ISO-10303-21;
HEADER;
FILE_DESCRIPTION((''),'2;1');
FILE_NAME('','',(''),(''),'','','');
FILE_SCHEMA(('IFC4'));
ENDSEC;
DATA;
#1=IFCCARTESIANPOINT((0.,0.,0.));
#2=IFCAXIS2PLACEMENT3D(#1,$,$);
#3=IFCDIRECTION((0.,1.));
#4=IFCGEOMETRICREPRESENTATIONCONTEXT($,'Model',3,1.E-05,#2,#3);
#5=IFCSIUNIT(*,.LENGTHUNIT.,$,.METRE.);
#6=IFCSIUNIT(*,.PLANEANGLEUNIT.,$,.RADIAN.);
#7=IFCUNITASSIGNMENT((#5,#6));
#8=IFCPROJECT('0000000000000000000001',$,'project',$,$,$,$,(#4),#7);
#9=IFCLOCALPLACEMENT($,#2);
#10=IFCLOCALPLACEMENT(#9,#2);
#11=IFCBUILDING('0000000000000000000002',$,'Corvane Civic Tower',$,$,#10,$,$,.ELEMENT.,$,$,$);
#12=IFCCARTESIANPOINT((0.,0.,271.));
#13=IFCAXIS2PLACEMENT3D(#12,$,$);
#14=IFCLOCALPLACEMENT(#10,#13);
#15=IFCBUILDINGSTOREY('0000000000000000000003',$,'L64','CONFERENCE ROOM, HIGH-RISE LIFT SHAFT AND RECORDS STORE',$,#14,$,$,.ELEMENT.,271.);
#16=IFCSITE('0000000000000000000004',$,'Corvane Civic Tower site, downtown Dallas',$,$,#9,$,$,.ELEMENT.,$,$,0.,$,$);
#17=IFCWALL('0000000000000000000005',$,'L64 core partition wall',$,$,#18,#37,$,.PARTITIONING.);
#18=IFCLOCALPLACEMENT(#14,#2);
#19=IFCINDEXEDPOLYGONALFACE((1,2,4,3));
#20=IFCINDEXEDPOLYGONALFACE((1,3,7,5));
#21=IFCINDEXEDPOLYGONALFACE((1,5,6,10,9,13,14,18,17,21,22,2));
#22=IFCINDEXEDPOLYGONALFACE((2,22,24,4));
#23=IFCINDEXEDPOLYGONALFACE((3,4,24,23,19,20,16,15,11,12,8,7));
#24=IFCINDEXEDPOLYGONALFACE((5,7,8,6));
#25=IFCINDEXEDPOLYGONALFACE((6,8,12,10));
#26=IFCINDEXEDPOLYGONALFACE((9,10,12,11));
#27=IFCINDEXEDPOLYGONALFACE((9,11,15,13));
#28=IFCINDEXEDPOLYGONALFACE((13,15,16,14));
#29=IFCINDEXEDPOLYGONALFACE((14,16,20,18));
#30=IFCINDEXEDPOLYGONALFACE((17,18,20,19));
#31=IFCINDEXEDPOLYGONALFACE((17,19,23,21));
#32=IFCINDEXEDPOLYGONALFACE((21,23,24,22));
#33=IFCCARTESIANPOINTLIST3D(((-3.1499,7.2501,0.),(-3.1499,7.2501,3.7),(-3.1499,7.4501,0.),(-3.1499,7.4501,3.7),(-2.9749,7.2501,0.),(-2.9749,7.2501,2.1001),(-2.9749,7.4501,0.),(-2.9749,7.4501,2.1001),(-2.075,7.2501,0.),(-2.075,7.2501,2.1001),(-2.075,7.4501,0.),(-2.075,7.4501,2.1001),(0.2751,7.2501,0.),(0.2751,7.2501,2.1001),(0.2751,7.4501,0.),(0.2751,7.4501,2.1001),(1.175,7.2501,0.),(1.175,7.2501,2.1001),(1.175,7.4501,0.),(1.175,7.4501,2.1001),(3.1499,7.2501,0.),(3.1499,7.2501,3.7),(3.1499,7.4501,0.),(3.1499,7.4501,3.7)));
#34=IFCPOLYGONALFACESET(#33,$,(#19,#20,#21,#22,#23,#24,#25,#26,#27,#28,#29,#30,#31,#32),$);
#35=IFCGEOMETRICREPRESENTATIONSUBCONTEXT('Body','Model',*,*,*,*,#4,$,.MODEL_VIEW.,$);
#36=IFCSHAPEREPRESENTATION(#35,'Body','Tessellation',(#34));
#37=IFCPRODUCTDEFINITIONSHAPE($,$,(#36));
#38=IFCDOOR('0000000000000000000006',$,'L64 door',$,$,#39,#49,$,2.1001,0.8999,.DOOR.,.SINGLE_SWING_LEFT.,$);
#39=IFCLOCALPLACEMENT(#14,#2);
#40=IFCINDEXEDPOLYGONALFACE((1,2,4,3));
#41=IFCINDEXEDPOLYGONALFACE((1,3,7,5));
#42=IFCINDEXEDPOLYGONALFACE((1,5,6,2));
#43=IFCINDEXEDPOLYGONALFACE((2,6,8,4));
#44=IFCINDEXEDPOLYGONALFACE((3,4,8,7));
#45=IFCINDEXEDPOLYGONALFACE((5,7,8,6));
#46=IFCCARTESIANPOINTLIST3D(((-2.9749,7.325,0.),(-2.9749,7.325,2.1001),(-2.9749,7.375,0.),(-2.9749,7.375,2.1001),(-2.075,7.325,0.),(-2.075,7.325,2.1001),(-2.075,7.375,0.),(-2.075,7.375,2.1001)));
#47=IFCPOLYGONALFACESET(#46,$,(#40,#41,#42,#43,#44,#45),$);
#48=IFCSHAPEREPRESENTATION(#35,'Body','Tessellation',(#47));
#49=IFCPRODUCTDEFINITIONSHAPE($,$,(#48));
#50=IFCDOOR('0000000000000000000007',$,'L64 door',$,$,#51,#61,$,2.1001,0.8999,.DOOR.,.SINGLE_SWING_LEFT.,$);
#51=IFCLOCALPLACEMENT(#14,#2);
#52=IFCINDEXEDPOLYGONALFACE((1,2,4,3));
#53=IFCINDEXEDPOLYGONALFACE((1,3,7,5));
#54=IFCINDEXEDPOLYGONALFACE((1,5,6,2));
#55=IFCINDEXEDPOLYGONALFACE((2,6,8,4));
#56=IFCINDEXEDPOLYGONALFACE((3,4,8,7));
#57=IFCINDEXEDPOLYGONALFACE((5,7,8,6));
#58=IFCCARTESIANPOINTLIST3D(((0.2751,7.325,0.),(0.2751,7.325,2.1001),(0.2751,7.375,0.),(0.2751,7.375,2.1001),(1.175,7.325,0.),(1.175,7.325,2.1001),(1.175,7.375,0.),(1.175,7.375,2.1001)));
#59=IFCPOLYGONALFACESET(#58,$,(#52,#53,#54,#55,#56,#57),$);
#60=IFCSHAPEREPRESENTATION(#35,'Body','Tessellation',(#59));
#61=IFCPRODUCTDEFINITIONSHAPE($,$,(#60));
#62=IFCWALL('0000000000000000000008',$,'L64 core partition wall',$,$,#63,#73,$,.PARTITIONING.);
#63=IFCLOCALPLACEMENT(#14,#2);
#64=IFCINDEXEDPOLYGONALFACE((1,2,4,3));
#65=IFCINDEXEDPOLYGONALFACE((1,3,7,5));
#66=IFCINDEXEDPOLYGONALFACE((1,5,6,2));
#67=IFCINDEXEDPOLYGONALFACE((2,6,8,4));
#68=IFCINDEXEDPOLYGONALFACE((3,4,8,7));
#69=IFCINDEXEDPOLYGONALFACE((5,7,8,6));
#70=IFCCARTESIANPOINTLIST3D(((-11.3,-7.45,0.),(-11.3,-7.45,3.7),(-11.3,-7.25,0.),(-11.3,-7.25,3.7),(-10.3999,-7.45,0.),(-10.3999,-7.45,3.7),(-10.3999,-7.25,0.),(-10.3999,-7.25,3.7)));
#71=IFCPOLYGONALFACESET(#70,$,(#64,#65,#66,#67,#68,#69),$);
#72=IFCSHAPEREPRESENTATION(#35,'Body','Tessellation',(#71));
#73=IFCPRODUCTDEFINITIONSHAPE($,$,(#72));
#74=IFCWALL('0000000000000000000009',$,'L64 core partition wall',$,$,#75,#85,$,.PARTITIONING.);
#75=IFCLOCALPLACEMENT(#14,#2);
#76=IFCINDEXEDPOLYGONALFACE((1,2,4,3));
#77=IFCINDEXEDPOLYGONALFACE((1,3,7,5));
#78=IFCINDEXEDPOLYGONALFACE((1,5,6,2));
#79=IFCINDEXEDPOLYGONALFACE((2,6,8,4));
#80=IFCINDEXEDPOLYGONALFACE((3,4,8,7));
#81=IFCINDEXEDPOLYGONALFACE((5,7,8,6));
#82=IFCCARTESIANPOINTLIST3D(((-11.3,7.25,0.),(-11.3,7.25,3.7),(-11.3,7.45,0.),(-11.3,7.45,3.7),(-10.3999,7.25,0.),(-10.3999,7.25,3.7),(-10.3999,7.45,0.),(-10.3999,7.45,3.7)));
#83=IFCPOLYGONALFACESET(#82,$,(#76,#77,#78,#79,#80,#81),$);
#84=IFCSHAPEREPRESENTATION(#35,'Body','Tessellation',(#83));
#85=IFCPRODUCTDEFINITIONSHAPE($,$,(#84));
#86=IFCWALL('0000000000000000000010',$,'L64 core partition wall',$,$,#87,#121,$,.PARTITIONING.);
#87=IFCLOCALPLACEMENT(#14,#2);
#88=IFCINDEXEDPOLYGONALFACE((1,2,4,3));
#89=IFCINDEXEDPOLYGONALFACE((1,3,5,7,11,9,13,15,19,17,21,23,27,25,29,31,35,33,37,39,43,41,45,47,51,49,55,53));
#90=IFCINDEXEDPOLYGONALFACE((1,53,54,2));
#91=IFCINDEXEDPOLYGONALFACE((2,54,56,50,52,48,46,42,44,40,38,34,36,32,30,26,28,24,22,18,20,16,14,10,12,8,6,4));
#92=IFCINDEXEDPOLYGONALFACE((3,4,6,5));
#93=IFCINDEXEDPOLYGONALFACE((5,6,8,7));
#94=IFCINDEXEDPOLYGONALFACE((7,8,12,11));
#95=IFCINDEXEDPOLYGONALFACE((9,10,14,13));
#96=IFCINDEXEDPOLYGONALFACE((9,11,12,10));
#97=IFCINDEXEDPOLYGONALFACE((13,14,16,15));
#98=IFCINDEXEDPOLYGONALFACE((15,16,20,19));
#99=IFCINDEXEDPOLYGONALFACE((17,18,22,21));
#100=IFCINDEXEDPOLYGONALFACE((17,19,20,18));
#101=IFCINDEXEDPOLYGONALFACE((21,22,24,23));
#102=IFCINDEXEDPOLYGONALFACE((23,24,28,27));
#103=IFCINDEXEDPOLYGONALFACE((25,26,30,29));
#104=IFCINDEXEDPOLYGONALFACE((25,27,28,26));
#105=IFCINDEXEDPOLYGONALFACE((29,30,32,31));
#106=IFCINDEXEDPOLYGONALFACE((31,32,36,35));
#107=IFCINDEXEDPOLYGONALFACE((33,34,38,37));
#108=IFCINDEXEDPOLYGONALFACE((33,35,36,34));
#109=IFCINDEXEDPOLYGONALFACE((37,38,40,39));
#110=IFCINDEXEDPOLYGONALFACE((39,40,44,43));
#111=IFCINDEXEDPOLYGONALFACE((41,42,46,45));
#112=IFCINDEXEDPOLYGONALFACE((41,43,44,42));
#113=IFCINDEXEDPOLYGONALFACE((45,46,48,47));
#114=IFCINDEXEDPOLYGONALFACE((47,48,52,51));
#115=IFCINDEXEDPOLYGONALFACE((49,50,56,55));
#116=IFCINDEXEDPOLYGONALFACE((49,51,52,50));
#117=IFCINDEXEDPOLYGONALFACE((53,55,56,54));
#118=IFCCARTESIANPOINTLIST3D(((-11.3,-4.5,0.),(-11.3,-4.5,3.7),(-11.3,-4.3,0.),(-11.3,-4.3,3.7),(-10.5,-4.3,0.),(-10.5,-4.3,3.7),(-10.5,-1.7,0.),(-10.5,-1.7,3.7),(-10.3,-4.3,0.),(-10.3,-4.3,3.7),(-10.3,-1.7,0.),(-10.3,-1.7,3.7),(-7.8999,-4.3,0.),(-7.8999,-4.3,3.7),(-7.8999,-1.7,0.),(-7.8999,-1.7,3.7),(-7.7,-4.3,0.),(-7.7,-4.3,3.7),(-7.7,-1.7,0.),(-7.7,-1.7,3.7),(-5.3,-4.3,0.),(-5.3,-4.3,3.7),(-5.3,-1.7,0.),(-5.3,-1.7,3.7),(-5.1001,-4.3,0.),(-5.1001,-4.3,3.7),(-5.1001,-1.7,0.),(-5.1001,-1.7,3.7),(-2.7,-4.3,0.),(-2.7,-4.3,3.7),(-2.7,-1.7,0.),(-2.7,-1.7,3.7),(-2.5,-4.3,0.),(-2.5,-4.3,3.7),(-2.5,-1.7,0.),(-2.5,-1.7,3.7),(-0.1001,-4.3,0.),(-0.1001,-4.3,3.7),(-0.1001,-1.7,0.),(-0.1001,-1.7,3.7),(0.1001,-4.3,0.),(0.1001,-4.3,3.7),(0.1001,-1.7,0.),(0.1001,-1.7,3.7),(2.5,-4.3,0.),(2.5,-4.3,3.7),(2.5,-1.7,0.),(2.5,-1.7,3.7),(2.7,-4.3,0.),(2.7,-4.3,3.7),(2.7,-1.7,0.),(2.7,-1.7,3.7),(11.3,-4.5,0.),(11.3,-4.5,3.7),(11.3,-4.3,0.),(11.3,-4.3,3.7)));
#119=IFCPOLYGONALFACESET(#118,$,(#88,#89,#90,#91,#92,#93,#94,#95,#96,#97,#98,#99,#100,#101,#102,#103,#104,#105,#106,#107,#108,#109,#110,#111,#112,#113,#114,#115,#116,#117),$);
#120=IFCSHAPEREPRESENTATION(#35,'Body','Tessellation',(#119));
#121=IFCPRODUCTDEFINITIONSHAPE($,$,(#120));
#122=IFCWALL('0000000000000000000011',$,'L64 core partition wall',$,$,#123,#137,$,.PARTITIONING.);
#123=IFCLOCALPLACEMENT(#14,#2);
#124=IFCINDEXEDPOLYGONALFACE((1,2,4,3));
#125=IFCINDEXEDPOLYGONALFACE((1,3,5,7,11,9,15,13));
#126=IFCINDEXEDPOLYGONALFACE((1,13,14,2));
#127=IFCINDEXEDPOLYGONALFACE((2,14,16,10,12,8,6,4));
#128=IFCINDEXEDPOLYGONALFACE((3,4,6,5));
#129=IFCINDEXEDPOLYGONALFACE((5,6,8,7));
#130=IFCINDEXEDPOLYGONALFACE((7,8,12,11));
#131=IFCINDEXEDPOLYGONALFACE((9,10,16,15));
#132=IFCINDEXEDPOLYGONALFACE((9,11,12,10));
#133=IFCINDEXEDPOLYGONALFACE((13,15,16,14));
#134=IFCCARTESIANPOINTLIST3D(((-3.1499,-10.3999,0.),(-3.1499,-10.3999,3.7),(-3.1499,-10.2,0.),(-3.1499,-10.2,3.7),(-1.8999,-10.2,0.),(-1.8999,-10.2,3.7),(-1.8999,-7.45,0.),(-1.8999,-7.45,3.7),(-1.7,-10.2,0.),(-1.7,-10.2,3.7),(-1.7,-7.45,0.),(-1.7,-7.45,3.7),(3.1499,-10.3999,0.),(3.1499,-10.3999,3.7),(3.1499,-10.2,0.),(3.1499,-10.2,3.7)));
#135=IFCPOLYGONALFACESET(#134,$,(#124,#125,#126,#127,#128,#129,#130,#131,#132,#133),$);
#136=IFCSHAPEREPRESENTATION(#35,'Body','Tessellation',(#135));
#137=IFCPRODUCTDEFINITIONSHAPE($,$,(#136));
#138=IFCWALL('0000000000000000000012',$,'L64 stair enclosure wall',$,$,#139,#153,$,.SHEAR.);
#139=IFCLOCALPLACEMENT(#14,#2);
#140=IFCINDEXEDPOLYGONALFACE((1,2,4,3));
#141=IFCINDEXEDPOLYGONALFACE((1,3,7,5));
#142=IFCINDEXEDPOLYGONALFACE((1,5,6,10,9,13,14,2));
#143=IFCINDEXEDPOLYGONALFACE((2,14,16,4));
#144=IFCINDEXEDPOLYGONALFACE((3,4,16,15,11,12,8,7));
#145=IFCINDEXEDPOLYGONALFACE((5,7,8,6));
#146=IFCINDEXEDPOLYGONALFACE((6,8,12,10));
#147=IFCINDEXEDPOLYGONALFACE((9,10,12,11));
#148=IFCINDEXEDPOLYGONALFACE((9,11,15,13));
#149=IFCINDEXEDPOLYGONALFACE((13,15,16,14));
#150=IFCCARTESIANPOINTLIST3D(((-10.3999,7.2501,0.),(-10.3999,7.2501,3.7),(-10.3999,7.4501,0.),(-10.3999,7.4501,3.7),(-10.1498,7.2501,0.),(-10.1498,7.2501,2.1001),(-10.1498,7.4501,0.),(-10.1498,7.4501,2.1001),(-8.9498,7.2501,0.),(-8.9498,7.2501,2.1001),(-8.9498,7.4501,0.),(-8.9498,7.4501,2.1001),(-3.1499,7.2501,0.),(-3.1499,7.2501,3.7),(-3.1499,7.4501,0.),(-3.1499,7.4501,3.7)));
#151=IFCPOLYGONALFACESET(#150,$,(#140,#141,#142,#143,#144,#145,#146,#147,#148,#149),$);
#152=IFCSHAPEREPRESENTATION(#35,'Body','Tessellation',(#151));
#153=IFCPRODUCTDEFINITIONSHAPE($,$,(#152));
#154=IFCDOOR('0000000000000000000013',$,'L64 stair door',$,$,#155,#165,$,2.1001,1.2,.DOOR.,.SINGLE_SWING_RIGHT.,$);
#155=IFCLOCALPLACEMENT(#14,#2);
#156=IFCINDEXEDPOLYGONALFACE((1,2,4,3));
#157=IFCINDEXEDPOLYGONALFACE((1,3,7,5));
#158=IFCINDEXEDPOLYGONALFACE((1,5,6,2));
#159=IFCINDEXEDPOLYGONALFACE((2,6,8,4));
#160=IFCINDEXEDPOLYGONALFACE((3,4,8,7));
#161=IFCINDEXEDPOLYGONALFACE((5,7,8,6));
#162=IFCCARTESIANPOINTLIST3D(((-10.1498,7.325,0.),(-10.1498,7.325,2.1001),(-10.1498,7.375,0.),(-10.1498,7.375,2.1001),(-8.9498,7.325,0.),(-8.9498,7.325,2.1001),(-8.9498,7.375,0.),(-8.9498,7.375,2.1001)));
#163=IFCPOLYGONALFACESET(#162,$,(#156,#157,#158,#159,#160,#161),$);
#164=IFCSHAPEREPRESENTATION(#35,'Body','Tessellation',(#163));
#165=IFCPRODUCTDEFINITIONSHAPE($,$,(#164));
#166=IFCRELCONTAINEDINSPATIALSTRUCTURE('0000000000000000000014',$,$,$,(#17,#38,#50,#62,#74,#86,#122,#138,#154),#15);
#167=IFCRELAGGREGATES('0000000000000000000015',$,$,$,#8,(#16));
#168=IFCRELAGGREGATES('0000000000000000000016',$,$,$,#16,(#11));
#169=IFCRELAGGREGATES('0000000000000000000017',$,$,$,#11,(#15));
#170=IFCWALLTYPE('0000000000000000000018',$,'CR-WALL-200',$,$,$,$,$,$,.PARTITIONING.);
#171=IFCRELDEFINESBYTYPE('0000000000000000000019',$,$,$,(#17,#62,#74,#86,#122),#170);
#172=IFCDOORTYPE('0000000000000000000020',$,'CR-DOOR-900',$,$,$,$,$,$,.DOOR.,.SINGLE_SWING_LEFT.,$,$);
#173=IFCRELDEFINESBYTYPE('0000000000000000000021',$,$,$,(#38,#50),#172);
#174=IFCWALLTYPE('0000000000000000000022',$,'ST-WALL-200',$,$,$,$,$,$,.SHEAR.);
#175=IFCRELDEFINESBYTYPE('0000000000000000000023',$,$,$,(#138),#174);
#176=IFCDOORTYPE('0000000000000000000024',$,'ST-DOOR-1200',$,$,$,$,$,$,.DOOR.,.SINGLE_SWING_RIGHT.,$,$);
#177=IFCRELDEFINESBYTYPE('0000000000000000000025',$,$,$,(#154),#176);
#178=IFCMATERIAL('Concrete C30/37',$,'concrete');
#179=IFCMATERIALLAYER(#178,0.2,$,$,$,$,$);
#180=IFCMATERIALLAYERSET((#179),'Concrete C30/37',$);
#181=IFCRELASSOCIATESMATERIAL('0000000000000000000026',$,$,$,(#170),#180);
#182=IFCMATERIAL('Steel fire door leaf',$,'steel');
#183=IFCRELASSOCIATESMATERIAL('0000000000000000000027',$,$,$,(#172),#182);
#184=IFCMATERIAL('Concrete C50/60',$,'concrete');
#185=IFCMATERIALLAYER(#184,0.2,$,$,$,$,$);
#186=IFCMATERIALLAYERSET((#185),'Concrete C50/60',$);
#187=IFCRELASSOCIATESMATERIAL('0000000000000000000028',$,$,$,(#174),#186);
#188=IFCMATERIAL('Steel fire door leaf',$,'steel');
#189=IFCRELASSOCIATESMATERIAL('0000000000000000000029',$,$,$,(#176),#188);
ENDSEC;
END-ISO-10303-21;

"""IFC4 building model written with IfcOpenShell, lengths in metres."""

from ifc_helpers import new_model, si_unit, direction, frame, frame_2d, origin, place, context, subcontext, project, spatial, polyline, rectangle, outline, extrude, material, layer, layer_set, type_object, element, fill, save


model = new_model("IFC4")

# Units and contexts
model_context = context("Model", 3, precision=1e-05, world=origin(), true_north=direction((0.0, 1.0)))
body_context = subcontext(model_context, "Body", "Model", "MODEL_VIEW")
ifc_project = project(units=[si_unit("LENGTHUNIT", "METRE"), si_unit("PLANEANGLEUNIT", "RADIAN")], contexts=[model_context])

# Site, building, storey
site_placement = place(None, origin())
site = spatial("IfcSite", under=ifc_project, at=site_placement, Name="Corvane Civic Tower site, downtown Dallas", CompositionType="ELEMENT", RefElevation=0.0)
building_placement = place(site_placement, origin())
building = spatial("IfcBuilding", under=site, at=building_placement, Name="Corvane Civic Tower", CompositionType="ELEMENT")
storey_placement = place(building_placement, frame((0.0, 0.0, 271.0)))
storey = spatial("IfcBuildingStorey", under=building, at=storey_placement, Name="L64", Description="CONFERENCE ROOM, HIGH-RISE LIFT SHAFT AND RECORDS STORE", CompositionType="ELEMENT", Elevation=271.0)

# Wall, openings, doors
ifc_material_1 = material(Name="Concrete C30/37", Category="concrete")
ifc_layer_1 = layer(ifc_material_1, 0.2)
ifc_layer_set_1 = layer_set([ifc_layer_1], Name="Concrete C30/37")
wall_type_1 = type_object("IfcWallType", Name="CR-WALL-200", PredefinedType="PARTITIONING", material=ifc_layer_set_1)
ifc_material_2 = material(Name="Steel fire door leaf", Category="steel")
door_type_1 = type_object("IfcDoorType", Name="CR-DOOR-900", OperationType="SINGLE_SWING_LEFT", PredefinedType="DOOR", material=ifc_material_2)
wall_1_placement = place(storey_placement, frame((-3.1499, 7.3501, 0.0), z_axis=(0.0, 0.0, 1.0), x_axis=(1.0, 0.0, 0.0)))
wall_1 = element("IfcWall", 1, at=wall_1_placement, inside=storey, type_object=wall_type_1, Name="L64 core partition wall", PredefinedType="PARTITIONING", context=body_context, shape_type="SweptSolid", body=[
    extrude(rectangle(XDim=6.2998, YDim=0.2, at=frame_2d((3.1499, 0.0))), origin(), (0.0, 0.0, 1.0), 3.7),
])
opening_1_placement = place(wall_1_placement, frame((0.175, 0.0, 0.0)))
opening_1 = element("IfcOpeningElement", 2, at=opening_1_placement, cuts=wall_1, PredefinedType="OPENING", context=body_context, shape_type="SweptSolid", body=[
    extrude(rectangle(XDim=0.8999, YDim=2.1001, at=frame_2d((0.45, 1.05))), frame((0.0, 0.1099, 0.0), z_axis=(0.0, -1.0, 0.0), x_axis=(1.0, 0.0, 0.0)), (0.0, 0.0, 1.0), 0.22),
])
opening_2_placement = place(wall_1_placement, frame((3.425, 0.0, 0.0)))
opening_2 = element("IfcOpeningElement", 3, at=opening_2_placement, cuts=wall_1, PredefinedType="OPENING", context=body_context, shape_type="SweptSolid", body=[
    extrude(rectangle(XDim=0.8999, YDim=2.1001, at=frame_2d((0.45, 1.05))), frame((0.0, 0.1099, 0.0), z_axis=(0.0, -1.0, 0.0), x_axis=(1.0, 0.0, 0.0)), (0.0, 0.0, 1.0), 0.22),
])
door_1_placement = place(opening_1_placement, origin())
door_1 = element("IfcDoor", 4, at=door_1_placement, inside=storey, type_object=door_type_1, Name="L64 door", OperationType="SINGLE_SWING_LEFT", OverallHeight=2.1001, OverallWidth=0.8999, PredefinedType="DOOR", context=body_context, shape_type="SweptSolid", body=[
    extrude(rectangle(XDim=0.8999, YDim=2.1001, at=frame_2d((0.45, 1.05))), frame((0.0, 0.0249, 0.0), z_axis=(0.0, -1.0, 0.0), x_axis=(1.0, 0.0, 0.0)), (0.0, 0.0, 1.0), 0.05),
])
fill(opening_1, door_1)
door_2_placement = place(opening_2_placement, origin())
door_2 = element("IfcDoor", 5, at=door_2_placement, inside=storey, type_object=door_type_1, Name="L64 door", OperationType="SINGLE_SWING_LEFT", OverallHeight=2.1001, OverallWidth=0.8999, PredefinedType="DOOR", context=body_context, shape_type="SweptSolid", body=[
    extrude(rectangle(XDim=0.8999, YDim=2.1001, at=frame_2d((0.45, 1.05))), frame((0.0, 0.0249, 0.0), z_axis=(0.0, -1.0, 0.0), x_axis=(1.0, 0.0, 0.0)), (0.0, 0.0, 1.0), 0.05),
])
fill(opening_2, door_2)

# Walls
wall_2_placement = place(storey_placement, origin())
element("IfcWall", 6, at=wall_2_placement, inside=storey, type_object=wall_type_1, Name="L64 core partition wall", PredefinedType="PARTITIONING", context=body_context, shape_type="SweptSolid", body=[
    extrude(outline(polyline([(-10.3999, -7.45), (-11.3, -7.45), (-11.3, -7.25), (-10.3999, -7.25), (-10.3999, -7.45)])), origin(), (0.0, 0.0, 1.0), 3.7),
])
wall_3_placement = place(storey_placement, origin())
element("IfcWall", 7, at=wall_3_placement, inside=storey, type_object=wall_type_1, Name="L64 core partition wall", PredefinedType="PARTITIONING", context=body_context, shape_type="SweptSolid", body=[
    extrude(outline(polyline([(-10.3999, 7.25), (-11.3, 7.25), (-11.3, 7.45), (-10.3999, 7.45), (-10.3999, 7.25)])), origin(), (0.0, 0.0, 1.0), 3.7),
])
wall_4_placement = place(storey_placement, origin())
element("IfcWall", 8, at=wall_4_placement, inside=storey, type_object=wall_type_1, Name="L64 core partition wall", PredefinedType="PARTITIONING", context=body_context, shape_type="SweptSolid", body=[
    extrude(outline(polyline([(-10.3, -1.7), (-10.3, -4.3), (-7.8999, -4.3), (-7.8999, -1.7), (-7.7, -1.7), (-7.7, -4.3), (-5.3, -4.3), (-5.3, -1.7), (-5.1001, -1.7), (-5.1001, -4.3), (-2.7, -4.3), (-2.7, -1.7), (-2.5, -1.7), (-2.5, -4.3), (-0.1001, -4.3), (-0.1001, -1.7), (0.1001, -1.7), (0.1001, -4.3), (2.5, -4.3), (2.5, -1.7), (2.7, -1.7), (2.7, -4.3), (11.3, -4.3), (11.3, -4.5), (-11.3, -4.5), (-11.3, -4.3), (-10.5, -4.3), (-10.5, -1.7), (-10.3, -1.7)])), origin(), (0.0, 0.0, 1.0), 3.7),
])
wall_5_placement = place(storey_placement, origin())
element("IfcWall", 9, at=wall_5_placement, inside=storey, type_object=wall_type_1, Name="L64 core partition wall", PredefinedType="PARTITIONING", context=body_context, shape_type="SweptSolid", body=[
    extrude(outline(polyline([(-1.7, -7.45), (-1.7, -10.2), (3.1499, -10.2), (3.1499, -10.3999), (-3.1499, -10.3999), (-3.1499, -10.2), (-1.8999, -10.2), (-1.8999, -7.45), (-1.7, -7.45)])), origin(), (0.0, 0.0, 1.0), 3.7),
])

# Wall, opening, door
ifc_material_3 = material(Name="Concrete C50/60", Category="concrete")
ifc_layer_2 = layer(ifc_material_3, 0.2)
ifc_layer_set_2 = layer_set([ifc_layer_2], Name="Concrete C50/60")
wall_type_2 = type_object("IfcWallType", Name="ST-WALL-200", PredefinedType="SHEAR", material=ifc_layer_set_2)
wall_6_placement = place(storey_placement, frame((-10.3999, 7.3501, 0.0), z_axis=(0.0, 0.0, 1.0), x_axis=(1.0, 0.0, 0.0)))
wall_6 = element("IfcWall", 10, at=wall_6_placement, inside=storey, type_object=wall_type_2, Name="L64 stair enclosure wall", PredefinedType="SHEAR", context=body_context, shape_type="SweptSolid", body=[
    extrude(rectangle(XDim=7.25, YDim=0.2, at=frame_2d((3.625, 0.0))), origin(), (0.0, 0.0, 1.0), 3.7),
])
opening_3_placement = place(wall_6_placement, frame((0.25, 0.0, 0.0)))
opening_3 = element("IfcOpeningElement", 11, at=opening_3_placement, cuts=wall_6, PredefinedType="OPENING", context=body_context, shape_type="SweptSolid", body=[
    extrude(rectangle(XDim=1.2, YDim=2.1001, at=frame_2d((0.6001, 1.05))), frame((0.0, 0.1099, 0.0), z_axis=(0.0, -1.0, 0.0), x_axis=(1.0, 0.0, 0.0)), (0.0, 0.0, 1.0), 0.22),
])
ifc_material_4 = material(Name="Steel fire door leaf", Category="steel")
door_type_2 = type_object("IfcDoorType", Name="ST-DOOR-1200", OperationType="SINGLE_SWING_RIGHT", PredefinedType="DOOR", material=ifc_material_4)
door_3_placement = place(opening_3_placement, origin())
door_3 = element("IfcDoor", 12, at=door_3_placement, inside=storey, type_object=door_type_2, Name="L64 stair door", OperationType="SINGLE_SWING_RIGHT", OverallHeight=2.1001, OverallWidth=1.2, PredefinedType="DOOR", context=body_context, shape_type="SweptSolid", body=[
    extrude(rectangle(XDim=1.2, YDim=2.1001, at=frame_2d((0.6001, 1.05))), frame((0.0, 0.0249, 0.0), z_axis=(0.0, -1.0, 0.0), x_axis=(1.0, 0.0, 0.0)), (0.0, 0.0, 1.0), 0.05),
])
fill(opening_3, door_3)

save(model, "model.ifc")
